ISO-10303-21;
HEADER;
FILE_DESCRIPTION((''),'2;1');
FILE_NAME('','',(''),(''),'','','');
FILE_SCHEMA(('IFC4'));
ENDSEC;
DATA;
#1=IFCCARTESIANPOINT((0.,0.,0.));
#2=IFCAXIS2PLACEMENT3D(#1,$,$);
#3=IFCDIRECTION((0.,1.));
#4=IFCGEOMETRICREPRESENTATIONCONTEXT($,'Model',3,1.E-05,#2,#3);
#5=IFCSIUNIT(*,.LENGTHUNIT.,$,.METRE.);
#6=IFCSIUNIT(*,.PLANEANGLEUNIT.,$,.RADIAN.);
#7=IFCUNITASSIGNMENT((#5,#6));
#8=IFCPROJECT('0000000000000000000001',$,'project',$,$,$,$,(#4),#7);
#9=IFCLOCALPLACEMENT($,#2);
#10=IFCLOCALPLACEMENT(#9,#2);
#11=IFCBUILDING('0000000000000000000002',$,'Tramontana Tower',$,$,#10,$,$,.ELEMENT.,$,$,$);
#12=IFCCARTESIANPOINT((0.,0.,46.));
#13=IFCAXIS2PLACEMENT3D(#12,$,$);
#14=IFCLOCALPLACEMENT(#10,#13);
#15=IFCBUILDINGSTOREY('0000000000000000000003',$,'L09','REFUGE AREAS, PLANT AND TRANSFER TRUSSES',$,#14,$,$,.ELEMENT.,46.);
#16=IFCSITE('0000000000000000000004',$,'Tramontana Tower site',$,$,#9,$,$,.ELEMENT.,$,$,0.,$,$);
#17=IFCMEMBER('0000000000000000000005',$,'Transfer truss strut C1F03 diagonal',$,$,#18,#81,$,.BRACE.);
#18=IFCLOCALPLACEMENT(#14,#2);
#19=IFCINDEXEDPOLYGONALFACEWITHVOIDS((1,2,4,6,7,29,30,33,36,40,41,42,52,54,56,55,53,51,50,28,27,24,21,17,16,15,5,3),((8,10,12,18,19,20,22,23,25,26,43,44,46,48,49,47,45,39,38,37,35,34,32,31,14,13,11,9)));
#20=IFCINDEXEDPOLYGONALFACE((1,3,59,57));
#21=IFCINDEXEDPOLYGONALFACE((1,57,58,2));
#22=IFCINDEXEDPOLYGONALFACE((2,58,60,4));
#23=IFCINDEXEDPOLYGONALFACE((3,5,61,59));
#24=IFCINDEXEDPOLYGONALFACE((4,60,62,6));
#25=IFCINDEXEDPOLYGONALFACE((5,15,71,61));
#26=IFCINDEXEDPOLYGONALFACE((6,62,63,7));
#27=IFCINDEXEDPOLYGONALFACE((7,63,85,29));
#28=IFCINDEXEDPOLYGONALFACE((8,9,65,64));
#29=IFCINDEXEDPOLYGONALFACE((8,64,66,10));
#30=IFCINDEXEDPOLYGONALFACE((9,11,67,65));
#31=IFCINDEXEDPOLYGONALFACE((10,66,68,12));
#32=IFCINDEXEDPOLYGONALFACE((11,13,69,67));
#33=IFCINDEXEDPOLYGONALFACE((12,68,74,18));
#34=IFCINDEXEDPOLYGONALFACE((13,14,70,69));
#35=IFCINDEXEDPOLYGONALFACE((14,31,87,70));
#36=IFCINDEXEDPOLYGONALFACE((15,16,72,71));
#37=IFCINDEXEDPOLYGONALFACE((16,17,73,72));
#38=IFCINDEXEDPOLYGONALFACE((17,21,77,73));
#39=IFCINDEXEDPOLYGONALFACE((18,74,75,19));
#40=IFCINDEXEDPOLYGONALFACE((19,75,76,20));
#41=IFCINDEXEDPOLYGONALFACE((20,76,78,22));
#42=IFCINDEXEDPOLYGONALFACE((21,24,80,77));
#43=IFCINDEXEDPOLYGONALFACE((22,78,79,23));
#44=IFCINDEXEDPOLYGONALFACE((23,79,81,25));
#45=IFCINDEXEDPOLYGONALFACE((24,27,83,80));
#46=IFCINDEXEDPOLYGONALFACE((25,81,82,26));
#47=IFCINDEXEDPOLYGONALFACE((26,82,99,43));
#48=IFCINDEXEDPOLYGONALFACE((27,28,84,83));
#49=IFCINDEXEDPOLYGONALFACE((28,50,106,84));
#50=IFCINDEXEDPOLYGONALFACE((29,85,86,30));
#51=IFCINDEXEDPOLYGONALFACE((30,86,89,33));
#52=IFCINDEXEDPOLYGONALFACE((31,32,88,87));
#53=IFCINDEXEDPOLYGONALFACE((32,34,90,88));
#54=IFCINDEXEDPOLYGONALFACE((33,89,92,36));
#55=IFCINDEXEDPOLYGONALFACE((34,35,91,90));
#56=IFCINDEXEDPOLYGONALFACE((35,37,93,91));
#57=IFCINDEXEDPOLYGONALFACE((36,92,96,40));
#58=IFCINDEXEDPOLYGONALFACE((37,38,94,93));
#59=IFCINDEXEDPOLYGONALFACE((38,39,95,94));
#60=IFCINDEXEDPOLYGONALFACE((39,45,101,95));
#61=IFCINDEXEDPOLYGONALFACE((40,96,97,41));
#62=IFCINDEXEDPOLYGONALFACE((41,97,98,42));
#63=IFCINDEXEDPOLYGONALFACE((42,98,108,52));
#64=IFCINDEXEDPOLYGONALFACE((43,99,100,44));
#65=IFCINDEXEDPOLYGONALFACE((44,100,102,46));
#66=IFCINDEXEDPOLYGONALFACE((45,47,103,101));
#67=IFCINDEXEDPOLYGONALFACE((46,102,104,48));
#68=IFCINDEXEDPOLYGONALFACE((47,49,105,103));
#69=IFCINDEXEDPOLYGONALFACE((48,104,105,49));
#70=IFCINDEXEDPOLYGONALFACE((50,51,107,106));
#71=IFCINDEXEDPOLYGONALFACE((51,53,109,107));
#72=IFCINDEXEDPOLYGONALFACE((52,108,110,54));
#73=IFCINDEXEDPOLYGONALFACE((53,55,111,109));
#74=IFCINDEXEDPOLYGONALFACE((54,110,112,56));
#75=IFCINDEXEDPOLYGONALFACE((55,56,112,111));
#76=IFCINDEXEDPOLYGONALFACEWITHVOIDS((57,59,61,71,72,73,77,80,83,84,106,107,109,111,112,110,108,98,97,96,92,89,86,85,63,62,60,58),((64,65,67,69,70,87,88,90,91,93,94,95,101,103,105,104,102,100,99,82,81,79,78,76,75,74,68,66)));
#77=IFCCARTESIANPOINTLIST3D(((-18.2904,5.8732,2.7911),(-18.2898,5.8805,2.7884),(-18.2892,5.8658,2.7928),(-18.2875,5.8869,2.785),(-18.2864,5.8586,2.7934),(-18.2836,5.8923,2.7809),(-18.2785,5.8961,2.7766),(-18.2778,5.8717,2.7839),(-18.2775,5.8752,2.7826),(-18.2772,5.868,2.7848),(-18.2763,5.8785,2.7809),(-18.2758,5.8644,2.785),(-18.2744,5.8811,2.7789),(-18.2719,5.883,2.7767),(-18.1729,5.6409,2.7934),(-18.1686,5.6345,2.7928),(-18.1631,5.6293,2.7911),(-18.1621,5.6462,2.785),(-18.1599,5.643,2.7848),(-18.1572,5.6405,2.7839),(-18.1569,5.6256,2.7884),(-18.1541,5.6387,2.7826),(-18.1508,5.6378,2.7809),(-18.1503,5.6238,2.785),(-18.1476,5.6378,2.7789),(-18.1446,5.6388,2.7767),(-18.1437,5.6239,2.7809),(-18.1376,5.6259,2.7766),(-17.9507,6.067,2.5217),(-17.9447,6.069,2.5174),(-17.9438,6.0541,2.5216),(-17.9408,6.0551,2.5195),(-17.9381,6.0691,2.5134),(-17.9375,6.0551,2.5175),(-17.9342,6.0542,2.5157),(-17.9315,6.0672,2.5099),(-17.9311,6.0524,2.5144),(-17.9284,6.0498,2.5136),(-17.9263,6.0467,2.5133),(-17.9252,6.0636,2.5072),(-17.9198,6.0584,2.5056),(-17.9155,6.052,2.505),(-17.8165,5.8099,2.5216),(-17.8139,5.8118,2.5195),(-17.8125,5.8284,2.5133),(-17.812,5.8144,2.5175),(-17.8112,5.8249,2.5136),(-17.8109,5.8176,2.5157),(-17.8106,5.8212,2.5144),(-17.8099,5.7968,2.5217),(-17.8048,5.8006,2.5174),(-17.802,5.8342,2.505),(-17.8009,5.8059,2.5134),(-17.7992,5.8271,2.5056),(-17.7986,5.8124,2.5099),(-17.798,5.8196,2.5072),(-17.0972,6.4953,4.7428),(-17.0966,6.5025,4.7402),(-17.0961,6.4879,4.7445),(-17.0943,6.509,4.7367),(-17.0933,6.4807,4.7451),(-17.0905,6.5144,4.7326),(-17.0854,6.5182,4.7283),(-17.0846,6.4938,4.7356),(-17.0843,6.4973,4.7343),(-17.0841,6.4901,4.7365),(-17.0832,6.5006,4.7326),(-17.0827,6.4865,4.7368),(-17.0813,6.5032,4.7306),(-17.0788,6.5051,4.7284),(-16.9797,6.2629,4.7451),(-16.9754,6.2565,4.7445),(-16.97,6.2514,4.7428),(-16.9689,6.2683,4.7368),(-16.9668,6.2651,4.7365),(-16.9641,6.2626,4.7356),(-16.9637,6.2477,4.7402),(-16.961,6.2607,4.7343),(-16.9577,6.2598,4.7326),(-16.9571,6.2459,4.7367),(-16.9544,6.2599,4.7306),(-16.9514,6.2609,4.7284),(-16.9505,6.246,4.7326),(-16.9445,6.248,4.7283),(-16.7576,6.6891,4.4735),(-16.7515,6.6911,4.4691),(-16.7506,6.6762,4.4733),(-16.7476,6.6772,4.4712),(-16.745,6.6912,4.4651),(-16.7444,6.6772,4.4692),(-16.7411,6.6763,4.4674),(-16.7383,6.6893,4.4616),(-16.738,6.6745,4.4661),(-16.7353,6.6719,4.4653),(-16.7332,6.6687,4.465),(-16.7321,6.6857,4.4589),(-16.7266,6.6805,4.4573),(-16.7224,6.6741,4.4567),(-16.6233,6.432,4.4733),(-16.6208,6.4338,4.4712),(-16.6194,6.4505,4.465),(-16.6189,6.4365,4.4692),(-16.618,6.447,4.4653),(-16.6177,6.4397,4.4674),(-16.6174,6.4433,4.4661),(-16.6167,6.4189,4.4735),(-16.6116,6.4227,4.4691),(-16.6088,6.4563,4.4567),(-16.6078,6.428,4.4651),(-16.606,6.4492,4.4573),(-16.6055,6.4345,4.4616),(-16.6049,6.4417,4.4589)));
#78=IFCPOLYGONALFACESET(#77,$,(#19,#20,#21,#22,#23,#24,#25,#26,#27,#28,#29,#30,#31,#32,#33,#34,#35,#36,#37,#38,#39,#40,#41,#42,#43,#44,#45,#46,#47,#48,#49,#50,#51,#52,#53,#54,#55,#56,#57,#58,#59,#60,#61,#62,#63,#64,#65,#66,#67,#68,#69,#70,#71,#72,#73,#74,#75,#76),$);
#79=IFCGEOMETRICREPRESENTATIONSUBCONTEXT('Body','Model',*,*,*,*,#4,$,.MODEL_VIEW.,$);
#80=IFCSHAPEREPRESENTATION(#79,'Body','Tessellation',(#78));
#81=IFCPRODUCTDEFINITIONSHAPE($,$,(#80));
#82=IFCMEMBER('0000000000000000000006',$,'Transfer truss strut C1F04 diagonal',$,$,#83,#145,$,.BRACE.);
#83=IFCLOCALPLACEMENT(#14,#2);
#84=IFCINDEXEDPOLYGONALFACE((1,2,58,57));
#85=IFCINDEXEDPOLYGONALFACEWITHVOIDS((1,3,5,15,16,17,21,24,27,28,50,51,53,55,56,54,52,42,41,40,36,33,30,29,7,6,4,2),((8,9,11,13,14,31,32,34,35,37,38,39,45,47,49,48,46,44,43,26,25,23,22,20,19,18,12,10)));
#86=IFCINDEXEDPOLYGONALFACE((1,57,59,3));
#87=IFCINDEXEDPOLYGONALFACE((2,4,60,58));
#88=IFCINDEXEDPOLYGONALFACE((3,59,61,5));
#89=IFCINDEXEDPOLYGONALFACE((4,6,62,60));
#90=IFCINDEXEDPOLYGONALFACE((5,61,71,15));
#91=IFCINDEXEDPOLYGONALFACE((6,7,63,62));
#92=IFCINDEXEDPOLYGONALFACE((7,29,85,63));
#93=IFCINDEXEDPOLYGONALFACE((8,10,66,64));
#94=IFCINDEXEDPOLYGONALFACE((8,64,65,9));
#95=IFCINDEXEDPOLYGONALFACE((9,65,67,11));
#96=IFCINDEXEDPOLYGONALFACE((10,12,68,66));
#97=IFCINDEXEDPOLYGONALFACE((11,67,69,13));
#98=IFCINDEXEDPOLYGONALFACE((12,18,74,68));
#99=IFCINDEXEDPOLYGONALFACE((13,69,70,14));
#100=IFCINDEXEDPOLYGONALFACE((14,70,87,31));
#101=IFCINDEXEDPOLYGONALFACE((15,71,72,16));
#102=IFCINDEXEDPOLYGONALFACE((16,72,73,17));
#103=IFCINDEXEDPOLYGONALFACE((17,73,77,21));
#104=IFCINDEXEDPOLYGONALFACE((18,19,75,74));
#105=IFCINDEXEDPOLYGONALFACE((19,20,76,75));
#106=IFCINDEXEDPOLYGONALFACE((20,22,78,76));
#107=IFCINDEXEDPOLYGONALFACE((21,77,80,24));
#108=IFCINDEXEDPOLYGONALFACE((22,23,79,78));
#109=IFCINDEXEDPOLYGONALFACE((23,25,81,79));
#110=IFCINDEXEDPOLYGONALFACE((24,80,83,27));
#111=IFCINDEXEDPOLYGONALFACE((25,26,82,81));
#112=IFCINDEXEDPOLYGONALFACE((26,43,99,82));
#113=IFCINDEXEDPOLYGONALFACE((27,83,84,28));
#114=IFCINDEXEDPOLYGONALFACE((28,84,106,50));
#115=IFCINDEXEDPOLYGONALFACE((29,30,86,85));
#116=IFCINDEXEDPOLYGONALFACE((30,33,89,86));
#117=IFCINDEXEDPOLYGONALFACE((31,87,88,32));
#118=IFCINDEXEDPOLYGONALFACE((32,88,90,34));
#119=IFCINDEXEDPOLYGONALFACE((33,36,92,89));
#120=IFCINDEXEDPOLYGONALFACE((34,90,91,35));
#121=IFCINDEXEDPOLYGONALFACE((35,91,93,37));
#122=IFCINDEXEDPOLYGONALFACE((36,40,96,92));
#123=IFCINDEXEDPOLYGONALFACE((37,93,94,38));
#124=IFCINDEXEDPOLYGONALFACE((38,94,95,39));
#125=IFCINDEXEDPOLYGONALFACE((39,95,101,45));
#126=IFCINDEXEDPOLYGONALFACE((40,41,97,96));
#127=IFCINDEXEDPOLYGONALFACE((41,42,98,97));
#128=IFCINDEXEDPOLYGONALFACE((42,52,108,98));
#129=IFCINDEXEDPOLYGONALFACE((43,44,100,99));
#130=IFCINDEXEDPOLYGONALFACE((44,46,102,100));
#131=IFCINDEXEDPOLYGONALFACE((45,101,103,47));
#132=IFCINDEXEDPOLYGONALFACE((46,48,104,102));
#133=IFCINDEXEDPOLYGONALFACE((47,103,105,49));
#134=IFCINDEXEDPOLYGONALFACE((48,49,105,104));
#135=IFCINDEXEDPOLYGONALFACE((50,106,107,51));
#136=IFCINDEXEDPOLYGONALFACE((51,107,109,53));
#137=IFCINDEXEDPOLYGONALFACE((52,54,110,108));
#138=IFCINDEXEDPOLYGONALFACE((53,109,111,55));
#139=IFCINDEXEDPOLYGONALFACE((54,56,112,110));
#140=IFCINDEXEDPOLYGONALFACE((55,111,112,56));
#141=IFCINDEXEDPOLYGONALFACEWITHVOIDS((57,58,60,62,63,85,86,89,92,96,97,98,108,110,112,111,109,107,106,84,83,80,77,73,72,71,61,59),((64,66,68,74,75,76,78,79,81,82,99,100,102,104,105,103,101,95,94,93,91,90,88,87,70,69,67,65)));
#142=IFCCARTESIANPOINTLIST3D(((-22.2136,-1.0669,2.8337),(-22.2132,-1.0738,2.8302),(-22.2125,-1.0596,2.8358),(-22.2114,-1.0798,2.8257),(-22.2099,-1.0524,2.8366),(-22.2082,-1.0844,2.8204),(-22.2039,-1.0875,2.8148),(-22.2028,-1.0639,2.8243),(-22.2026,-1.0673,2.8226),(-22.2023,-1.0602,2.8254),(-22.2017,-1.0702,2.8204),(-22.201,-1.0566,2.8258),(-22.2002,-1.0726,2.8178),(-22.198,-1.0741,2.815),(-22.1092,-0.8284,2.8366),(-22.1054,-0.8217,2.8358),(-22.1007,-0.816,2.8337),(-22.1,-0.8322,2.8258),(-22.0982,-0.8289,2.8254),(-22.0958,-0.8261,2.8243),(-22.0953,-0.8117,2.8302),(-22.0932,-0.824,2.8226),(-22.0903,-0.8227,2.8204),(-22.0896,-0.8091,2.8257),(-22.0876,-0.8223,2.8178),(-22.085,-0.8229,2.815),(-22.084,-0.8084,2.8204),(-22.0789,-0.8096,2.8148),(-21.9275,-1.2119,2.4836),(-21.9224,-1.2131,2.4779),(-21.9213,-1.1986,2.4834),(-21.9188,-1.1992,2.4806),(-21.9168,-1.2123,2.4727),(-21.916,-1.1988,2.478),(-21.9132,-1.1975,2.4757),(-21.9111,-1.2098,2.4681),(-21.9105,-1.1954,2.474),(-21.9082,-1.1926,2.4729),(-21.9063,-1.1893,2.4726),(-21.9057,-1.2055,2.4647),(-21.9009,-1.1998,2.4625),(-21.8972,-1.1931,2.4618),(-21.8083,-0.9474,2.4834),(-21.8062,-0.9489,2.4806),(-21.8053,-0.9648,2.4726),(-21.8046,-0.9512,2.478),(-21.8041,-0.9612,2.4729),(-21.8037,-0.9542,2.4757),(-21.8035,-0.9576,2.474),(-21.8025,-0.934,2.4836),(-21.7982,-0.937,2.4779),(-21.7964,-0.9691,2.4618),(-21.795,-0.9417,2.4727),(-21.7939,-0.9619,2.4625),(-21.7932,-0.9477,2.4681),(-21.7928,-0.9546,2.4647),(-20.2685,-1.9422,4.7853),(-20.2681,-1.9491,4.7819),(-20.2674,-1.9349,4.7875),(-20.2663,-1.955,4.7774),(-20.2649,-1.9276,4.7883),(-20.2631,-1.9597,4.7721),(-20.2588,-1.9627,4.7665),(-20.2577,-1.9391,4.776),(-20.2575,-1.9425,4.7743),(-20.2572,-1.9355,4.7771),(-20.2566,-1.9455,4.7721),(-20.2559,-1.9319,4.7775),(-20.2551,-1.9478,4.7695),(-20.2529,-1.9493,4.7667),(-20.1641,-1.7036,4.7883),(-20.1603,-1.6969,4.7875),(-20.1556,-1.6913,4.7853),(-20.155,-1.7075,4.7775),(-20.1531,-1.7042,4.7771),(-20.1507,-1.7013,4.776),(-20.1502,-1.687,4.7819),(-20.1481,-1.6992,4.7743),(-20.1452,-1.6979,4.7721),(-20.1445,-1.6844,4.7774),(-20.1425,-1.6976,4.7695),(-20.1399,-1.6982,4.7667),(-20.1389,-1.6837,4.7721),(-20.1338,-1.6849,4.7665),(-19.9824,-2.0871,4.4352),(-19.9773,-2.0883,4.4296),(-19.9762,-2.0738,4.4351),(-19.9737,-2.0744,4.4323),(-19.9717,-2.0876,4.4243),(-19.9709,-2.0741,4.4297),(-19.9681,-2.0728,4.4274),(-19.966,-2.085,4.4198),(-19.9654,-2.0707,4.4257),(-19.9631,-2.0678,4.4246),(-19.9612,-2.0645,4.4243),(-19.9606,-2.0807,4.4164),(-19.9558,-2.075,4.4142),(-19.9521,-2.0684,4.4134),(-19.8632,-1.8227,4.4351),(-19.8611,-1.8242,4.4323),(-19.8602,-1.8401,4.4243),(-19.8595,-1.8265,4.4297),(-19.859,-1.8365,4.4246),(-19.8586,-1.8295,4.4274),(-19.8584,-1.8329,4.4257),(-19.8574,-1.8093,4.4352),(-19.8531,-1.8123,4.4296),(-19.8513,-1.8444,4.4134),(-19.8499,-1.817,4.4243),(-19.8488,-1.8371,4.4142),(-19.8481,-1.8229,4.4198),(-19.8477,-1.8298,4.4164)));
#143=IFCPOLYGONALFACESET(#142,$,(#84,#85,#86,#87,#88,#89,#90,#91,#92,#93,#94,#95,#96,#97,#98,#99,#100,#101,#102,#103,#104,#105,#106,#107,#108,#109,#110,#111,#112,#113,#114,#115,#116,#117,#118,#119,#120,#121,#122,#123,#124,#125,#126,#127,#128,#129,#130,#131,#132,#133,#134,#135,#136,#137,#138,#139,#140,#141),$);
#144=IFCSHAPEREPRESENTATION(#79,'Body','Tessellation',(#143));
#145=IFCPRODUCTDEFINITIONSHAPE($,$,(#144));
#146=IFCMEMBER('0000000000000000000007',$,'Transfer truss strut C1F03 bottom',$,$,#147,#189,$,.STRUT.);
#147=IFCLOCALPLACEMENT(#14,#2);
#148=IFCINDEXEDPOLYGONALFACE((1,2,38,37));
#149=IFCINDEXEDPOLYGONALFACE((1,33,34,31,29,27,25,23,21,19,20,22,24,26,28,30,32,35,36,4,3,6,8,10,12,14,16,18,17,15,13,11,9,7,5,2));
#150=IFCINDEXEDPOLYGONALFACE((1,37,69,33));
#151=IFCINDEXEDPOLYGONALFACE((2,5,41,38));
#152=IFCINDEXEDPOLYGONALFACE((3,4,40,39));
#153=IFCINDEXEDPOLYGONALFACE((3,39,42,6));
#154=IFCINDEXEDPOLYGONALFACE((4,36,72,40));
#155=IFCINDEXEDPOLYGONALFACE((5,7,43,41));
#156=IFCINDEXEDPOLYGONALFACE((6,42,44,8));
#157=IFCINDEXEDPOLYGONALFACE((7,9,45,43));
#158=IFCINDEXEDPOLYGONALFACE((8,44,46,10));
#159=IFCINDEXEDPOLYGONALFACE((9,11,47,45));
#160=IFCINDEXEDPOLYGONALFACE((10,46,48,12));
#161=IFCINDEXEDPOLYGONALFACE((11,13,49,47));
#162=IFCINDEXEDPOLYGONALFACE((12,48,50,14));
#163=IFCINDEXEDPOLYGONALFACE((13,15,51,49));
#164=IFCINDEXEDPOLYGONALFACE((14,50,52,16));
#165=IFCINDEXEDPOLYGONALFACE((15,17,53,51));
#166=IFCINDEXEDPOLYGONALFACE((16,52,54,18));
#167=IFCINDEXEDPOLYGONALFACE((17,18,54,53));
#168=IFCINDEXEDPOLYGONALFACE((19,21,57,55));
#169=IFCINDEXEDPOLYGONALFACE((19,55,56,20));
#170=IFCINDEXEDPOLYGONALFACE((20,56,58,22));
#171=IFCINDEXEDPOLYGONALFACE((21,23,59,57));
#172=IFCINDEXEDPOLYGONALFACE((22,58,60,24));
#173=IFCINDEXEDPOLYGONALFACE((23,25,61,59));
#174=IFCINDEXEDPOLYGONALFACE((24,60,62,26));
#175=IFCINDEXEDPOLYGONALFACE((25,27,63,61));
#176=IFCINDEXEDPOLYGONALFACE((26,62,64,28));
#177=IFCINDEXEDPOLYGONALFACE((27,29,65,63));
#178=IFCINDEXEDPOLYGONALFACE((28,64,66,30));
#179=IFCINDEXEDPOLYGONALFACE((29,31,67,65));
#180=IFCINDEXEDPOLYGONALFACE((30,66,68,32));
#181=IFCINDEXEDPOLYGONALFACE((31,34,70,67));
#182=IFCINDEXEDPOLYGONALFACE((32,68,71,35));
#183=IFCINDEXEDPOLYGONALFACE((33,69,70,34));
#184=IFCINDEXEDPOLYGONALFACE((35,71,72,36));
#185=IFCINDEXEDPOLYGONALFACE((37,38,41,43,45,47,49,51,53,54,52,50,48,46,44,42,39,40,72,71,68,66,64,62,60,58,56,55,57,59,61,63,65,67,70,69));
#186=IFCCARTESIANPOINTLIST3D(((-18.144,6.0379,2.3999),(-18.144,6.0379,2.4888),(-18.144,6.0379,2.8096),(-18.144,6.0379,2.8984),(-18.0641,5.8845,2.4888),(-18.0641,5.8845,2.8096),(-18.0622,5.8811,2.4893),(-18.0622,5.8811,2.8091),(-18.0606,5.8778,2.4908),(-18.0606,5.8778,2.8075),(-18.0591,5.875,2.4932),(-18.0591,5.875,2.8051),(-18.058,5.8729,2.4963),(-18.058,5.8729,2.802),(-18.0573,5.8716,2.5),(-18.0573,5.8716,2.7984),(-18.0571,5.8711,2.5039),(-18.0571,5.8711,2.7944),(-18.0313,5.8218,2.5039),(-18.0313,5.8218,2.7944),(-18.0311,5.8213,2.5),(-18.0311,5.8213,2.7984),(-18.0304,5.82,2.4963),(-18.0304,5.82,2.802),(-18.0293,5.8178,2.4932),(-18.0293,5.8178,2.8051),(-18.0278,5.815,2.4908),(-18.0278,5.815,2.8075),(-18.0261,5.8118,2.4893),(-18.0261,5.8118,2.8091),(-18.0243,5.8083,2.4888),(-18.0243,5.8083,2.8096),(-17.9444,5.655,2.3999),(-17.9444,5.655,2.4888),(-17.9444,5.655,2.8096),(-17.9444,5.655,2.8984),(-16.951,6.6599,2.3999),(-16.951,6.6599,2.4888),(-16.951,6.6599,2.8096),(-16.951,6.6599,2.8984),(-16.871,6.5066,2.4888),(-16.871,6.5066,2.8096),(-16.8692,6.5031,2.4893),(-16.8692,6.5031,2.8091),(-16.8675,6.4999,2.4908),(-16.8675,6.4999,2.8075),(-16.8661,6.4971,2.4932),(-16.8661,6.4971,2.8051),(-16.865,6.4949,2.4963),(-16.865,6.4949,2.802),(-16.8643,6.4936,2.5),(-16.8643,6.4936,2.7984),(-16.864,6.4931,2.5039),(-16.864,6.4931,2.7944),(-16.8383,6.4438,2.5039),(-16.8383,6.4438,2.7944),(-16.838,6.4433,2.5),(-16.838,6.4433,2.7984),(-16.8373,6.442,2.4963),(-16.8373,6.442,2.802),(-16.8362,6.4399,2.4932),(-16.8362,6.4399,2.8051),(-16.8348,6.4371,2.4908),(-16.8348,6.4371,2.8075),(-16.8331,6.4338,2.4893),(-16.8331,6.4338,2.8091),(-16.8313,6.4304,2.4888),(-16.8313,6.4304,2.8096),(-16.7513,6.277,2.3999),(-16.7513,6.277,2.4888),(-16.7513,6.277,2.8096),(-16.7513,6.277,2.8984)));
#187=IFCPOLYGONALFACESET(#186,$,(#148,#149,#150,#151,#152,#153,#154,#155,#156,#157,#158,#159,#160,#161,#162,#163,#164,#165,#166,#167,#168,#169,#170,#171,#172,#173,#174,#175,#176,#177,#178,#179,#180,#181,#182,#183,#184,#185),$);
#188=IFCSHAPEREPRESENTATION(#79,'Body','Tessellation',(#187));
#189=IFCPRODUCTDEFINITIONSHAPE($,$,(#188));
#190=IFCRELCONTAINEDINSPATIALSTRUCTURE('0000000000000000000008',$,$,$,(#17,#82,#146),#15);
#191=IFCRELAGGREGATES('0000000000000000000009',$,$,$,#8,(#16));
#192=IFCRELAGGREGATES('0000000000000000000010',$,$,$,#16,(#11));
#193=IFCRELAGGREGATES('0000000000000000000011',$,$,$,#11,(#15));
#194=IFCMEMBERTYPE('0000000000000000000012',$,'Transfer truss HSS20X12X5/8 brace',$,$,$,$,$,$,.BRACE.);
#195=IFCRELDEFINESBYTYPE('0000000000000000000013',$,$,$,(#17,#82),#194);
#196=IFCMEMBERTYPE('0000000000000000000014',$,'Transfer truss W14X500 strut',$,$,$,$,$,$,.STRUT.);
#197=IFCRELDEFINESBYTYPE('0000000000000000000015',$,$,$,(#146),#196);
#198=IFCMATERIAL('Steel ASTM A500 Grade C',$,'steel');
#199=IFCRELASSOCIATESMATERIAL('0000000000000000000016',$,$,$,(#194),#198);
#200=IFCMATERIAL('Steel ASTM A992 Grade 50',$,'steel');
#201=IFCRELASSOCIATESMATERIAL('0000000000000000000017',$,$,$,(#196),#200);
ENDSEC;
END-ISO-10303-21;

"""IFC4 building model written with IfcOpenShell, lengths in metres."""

from ifc_helpers import new_model, si_unit, direction, frame, origin, origin_2d, place, context, subcontext, project, spatial, hollow_rectangle, i_section, extrude, material, material_profile, profile_set, type_object, element, save


model = new_model("IFC4")

# Units and contexts
model_context = context("Model", 3, precision=1e-05, world=origin(), true_north=direction((0.0, 1.0)))
body_context = subcontext(model_context, "Body", "Model", "MODEL_VIEW")
ifc_project = project(units=[si_unit("LENGTHUNIT", "METRE"), si_unit("PLANEANGLEUNIT", "RADIAN")], contexts=[model_context])

# Site, building, storey
site_placement = place(None, origin())
site = spatial("IfcSite", under=ifc_project, at=site_placement, Name="Tramontana Tower site", CompositionType="ELEMENT", RefElevation=0.0)
building_placement = place(site_placement, origin())
building = spatial("IfcBuilding", under=site, at=building_placement, Name="Tramontana Tower", CompositionType="ELEMENT")
storey_placement = place(building_placement, frame((0.0, 0.0, 46.0)))
storey = spatial("IfcBuildingStorey", under=building, at=storey_placement, Name="L09", Description="REFUGE AREAS, PLANT AND TRANSFER TRUSSES", CompositionType="ELEMENT", Elevation=46.0)

# Members
ifc_material_1 = material(Name="Steel ASTM A500 Grade C", Category="steel")
ifc_material_profile_1 = material_profile(ifc_material_1, hollow_rectangle(XDim=0.3047, YDim=0.5081, WallThickness=0.0146, InnerFilletRadius=0.0146, OuterFilletRadius=0.0295, at=origin_2d()), Name="HSS20X12X5/8")
ifc_profile_set_1 = profile_set([ifc_material_profile_1], Name="Steel ASTM A500 Grade C")
member_type_1 = type_object("IfcMemberType", Name="Transfer truss HSS20X12X5/8 brace", PredefinedType="BRACE", material=ifc_profile_set_1)
member_1_placement = place(storey_placement, frame((-18.0442, 5.8464, 2.6492), z_axis=(0.503309, 0.262417, 0.823297), x_axis=(-0.462318, 0.886714, 0.0)))
element("IfcMember", 1, at=member_1_placement, inside=storey, type_object=member_type_1, Name="Transfer truss strut C1F03 diagonal", PredefinedType="BRACE", context=body_context, shape_type="SweptSolid", body=[
    extrude(hollow_rectangle(XDim=0.3047, YDim=0.5081, WallThickness=0.0146, InnerFilletRadius=0.0146, OuterFilletRadius=0.0295, at=origin_2d()), origin(), (0.0, 0.0, 1.0), 2.3706),
])
member_2_placement = place(storey_placement, frame((-22.0032, -1.0107, 2.6492), z_axis=(0.672784, -0.30274, 0.675064), x_axis=(0.41035, 0.911928, 0.0)))
element("IfcMember", 2, at=member_2_placement, inside=storey, type_object=member_type_1, Name="Transfer truss strut C1F04 diagonal", PredefinedType="BRACE", context=body_context, shape_type="SweptSolid", body=[
    extrude(hollow_rectangle(XDim=0.3047, YDim=0.5081, WallThickness=0.0146, InnerFilletRadius=0.0146, OuterFilletRadius=0.0295, at=origin_2d()), origin(), (0.0, 0.0, 1.0), 2.8911),
])
ifc_material_2 = material(Name="Steel ASTM A992 Grade 50", Category="steel")
ifc_material_profile_2 = material_profile(ifc_material_2, i_section(OverallWidth=0.4319, OverallDepth=0.4985, WebThickness=0.0557, FlangeThickness=0.0889, FilletRadius=0.0151, at=origin_2d()), Name="W14X500")
ifc_profile_set_2 = profile_set([ifc_material_profile_2], Name="Steel ASTM A992 Grade 50")
member_type_2 = type_object("IfcMemberType", Name="Transfer truss W14X500 strut", PredefinedType="STRUT", material=ifc_profile_set_2)
member_3_placement = place(storey_placement, frame((-18.0442, 5.8464, 2.6492), z_axis=(0.886714, 0.462318, 0.0), x_axis=(-0.462318, 0.886714, 0.0)))
element("IfcMember", 3, at=member_3_placement, inside=storey, type_object=member_type_2, Name="Transfer truss strut C1F03 bottom", PredefinedType="STRUT", context=body_context, shape_type="SweptSolid", body=[
    extrude(i_section(OverallWidth=0.4319, OverallDepth=0.4985, WebThickness=0.0557, FlangeThickness=0.0889, FilletRadius=0.0151, at=origin_2d()), origin(), (0.0, 0.0, 1.0), 1.3455),
])

save(model, "model.ifc")
